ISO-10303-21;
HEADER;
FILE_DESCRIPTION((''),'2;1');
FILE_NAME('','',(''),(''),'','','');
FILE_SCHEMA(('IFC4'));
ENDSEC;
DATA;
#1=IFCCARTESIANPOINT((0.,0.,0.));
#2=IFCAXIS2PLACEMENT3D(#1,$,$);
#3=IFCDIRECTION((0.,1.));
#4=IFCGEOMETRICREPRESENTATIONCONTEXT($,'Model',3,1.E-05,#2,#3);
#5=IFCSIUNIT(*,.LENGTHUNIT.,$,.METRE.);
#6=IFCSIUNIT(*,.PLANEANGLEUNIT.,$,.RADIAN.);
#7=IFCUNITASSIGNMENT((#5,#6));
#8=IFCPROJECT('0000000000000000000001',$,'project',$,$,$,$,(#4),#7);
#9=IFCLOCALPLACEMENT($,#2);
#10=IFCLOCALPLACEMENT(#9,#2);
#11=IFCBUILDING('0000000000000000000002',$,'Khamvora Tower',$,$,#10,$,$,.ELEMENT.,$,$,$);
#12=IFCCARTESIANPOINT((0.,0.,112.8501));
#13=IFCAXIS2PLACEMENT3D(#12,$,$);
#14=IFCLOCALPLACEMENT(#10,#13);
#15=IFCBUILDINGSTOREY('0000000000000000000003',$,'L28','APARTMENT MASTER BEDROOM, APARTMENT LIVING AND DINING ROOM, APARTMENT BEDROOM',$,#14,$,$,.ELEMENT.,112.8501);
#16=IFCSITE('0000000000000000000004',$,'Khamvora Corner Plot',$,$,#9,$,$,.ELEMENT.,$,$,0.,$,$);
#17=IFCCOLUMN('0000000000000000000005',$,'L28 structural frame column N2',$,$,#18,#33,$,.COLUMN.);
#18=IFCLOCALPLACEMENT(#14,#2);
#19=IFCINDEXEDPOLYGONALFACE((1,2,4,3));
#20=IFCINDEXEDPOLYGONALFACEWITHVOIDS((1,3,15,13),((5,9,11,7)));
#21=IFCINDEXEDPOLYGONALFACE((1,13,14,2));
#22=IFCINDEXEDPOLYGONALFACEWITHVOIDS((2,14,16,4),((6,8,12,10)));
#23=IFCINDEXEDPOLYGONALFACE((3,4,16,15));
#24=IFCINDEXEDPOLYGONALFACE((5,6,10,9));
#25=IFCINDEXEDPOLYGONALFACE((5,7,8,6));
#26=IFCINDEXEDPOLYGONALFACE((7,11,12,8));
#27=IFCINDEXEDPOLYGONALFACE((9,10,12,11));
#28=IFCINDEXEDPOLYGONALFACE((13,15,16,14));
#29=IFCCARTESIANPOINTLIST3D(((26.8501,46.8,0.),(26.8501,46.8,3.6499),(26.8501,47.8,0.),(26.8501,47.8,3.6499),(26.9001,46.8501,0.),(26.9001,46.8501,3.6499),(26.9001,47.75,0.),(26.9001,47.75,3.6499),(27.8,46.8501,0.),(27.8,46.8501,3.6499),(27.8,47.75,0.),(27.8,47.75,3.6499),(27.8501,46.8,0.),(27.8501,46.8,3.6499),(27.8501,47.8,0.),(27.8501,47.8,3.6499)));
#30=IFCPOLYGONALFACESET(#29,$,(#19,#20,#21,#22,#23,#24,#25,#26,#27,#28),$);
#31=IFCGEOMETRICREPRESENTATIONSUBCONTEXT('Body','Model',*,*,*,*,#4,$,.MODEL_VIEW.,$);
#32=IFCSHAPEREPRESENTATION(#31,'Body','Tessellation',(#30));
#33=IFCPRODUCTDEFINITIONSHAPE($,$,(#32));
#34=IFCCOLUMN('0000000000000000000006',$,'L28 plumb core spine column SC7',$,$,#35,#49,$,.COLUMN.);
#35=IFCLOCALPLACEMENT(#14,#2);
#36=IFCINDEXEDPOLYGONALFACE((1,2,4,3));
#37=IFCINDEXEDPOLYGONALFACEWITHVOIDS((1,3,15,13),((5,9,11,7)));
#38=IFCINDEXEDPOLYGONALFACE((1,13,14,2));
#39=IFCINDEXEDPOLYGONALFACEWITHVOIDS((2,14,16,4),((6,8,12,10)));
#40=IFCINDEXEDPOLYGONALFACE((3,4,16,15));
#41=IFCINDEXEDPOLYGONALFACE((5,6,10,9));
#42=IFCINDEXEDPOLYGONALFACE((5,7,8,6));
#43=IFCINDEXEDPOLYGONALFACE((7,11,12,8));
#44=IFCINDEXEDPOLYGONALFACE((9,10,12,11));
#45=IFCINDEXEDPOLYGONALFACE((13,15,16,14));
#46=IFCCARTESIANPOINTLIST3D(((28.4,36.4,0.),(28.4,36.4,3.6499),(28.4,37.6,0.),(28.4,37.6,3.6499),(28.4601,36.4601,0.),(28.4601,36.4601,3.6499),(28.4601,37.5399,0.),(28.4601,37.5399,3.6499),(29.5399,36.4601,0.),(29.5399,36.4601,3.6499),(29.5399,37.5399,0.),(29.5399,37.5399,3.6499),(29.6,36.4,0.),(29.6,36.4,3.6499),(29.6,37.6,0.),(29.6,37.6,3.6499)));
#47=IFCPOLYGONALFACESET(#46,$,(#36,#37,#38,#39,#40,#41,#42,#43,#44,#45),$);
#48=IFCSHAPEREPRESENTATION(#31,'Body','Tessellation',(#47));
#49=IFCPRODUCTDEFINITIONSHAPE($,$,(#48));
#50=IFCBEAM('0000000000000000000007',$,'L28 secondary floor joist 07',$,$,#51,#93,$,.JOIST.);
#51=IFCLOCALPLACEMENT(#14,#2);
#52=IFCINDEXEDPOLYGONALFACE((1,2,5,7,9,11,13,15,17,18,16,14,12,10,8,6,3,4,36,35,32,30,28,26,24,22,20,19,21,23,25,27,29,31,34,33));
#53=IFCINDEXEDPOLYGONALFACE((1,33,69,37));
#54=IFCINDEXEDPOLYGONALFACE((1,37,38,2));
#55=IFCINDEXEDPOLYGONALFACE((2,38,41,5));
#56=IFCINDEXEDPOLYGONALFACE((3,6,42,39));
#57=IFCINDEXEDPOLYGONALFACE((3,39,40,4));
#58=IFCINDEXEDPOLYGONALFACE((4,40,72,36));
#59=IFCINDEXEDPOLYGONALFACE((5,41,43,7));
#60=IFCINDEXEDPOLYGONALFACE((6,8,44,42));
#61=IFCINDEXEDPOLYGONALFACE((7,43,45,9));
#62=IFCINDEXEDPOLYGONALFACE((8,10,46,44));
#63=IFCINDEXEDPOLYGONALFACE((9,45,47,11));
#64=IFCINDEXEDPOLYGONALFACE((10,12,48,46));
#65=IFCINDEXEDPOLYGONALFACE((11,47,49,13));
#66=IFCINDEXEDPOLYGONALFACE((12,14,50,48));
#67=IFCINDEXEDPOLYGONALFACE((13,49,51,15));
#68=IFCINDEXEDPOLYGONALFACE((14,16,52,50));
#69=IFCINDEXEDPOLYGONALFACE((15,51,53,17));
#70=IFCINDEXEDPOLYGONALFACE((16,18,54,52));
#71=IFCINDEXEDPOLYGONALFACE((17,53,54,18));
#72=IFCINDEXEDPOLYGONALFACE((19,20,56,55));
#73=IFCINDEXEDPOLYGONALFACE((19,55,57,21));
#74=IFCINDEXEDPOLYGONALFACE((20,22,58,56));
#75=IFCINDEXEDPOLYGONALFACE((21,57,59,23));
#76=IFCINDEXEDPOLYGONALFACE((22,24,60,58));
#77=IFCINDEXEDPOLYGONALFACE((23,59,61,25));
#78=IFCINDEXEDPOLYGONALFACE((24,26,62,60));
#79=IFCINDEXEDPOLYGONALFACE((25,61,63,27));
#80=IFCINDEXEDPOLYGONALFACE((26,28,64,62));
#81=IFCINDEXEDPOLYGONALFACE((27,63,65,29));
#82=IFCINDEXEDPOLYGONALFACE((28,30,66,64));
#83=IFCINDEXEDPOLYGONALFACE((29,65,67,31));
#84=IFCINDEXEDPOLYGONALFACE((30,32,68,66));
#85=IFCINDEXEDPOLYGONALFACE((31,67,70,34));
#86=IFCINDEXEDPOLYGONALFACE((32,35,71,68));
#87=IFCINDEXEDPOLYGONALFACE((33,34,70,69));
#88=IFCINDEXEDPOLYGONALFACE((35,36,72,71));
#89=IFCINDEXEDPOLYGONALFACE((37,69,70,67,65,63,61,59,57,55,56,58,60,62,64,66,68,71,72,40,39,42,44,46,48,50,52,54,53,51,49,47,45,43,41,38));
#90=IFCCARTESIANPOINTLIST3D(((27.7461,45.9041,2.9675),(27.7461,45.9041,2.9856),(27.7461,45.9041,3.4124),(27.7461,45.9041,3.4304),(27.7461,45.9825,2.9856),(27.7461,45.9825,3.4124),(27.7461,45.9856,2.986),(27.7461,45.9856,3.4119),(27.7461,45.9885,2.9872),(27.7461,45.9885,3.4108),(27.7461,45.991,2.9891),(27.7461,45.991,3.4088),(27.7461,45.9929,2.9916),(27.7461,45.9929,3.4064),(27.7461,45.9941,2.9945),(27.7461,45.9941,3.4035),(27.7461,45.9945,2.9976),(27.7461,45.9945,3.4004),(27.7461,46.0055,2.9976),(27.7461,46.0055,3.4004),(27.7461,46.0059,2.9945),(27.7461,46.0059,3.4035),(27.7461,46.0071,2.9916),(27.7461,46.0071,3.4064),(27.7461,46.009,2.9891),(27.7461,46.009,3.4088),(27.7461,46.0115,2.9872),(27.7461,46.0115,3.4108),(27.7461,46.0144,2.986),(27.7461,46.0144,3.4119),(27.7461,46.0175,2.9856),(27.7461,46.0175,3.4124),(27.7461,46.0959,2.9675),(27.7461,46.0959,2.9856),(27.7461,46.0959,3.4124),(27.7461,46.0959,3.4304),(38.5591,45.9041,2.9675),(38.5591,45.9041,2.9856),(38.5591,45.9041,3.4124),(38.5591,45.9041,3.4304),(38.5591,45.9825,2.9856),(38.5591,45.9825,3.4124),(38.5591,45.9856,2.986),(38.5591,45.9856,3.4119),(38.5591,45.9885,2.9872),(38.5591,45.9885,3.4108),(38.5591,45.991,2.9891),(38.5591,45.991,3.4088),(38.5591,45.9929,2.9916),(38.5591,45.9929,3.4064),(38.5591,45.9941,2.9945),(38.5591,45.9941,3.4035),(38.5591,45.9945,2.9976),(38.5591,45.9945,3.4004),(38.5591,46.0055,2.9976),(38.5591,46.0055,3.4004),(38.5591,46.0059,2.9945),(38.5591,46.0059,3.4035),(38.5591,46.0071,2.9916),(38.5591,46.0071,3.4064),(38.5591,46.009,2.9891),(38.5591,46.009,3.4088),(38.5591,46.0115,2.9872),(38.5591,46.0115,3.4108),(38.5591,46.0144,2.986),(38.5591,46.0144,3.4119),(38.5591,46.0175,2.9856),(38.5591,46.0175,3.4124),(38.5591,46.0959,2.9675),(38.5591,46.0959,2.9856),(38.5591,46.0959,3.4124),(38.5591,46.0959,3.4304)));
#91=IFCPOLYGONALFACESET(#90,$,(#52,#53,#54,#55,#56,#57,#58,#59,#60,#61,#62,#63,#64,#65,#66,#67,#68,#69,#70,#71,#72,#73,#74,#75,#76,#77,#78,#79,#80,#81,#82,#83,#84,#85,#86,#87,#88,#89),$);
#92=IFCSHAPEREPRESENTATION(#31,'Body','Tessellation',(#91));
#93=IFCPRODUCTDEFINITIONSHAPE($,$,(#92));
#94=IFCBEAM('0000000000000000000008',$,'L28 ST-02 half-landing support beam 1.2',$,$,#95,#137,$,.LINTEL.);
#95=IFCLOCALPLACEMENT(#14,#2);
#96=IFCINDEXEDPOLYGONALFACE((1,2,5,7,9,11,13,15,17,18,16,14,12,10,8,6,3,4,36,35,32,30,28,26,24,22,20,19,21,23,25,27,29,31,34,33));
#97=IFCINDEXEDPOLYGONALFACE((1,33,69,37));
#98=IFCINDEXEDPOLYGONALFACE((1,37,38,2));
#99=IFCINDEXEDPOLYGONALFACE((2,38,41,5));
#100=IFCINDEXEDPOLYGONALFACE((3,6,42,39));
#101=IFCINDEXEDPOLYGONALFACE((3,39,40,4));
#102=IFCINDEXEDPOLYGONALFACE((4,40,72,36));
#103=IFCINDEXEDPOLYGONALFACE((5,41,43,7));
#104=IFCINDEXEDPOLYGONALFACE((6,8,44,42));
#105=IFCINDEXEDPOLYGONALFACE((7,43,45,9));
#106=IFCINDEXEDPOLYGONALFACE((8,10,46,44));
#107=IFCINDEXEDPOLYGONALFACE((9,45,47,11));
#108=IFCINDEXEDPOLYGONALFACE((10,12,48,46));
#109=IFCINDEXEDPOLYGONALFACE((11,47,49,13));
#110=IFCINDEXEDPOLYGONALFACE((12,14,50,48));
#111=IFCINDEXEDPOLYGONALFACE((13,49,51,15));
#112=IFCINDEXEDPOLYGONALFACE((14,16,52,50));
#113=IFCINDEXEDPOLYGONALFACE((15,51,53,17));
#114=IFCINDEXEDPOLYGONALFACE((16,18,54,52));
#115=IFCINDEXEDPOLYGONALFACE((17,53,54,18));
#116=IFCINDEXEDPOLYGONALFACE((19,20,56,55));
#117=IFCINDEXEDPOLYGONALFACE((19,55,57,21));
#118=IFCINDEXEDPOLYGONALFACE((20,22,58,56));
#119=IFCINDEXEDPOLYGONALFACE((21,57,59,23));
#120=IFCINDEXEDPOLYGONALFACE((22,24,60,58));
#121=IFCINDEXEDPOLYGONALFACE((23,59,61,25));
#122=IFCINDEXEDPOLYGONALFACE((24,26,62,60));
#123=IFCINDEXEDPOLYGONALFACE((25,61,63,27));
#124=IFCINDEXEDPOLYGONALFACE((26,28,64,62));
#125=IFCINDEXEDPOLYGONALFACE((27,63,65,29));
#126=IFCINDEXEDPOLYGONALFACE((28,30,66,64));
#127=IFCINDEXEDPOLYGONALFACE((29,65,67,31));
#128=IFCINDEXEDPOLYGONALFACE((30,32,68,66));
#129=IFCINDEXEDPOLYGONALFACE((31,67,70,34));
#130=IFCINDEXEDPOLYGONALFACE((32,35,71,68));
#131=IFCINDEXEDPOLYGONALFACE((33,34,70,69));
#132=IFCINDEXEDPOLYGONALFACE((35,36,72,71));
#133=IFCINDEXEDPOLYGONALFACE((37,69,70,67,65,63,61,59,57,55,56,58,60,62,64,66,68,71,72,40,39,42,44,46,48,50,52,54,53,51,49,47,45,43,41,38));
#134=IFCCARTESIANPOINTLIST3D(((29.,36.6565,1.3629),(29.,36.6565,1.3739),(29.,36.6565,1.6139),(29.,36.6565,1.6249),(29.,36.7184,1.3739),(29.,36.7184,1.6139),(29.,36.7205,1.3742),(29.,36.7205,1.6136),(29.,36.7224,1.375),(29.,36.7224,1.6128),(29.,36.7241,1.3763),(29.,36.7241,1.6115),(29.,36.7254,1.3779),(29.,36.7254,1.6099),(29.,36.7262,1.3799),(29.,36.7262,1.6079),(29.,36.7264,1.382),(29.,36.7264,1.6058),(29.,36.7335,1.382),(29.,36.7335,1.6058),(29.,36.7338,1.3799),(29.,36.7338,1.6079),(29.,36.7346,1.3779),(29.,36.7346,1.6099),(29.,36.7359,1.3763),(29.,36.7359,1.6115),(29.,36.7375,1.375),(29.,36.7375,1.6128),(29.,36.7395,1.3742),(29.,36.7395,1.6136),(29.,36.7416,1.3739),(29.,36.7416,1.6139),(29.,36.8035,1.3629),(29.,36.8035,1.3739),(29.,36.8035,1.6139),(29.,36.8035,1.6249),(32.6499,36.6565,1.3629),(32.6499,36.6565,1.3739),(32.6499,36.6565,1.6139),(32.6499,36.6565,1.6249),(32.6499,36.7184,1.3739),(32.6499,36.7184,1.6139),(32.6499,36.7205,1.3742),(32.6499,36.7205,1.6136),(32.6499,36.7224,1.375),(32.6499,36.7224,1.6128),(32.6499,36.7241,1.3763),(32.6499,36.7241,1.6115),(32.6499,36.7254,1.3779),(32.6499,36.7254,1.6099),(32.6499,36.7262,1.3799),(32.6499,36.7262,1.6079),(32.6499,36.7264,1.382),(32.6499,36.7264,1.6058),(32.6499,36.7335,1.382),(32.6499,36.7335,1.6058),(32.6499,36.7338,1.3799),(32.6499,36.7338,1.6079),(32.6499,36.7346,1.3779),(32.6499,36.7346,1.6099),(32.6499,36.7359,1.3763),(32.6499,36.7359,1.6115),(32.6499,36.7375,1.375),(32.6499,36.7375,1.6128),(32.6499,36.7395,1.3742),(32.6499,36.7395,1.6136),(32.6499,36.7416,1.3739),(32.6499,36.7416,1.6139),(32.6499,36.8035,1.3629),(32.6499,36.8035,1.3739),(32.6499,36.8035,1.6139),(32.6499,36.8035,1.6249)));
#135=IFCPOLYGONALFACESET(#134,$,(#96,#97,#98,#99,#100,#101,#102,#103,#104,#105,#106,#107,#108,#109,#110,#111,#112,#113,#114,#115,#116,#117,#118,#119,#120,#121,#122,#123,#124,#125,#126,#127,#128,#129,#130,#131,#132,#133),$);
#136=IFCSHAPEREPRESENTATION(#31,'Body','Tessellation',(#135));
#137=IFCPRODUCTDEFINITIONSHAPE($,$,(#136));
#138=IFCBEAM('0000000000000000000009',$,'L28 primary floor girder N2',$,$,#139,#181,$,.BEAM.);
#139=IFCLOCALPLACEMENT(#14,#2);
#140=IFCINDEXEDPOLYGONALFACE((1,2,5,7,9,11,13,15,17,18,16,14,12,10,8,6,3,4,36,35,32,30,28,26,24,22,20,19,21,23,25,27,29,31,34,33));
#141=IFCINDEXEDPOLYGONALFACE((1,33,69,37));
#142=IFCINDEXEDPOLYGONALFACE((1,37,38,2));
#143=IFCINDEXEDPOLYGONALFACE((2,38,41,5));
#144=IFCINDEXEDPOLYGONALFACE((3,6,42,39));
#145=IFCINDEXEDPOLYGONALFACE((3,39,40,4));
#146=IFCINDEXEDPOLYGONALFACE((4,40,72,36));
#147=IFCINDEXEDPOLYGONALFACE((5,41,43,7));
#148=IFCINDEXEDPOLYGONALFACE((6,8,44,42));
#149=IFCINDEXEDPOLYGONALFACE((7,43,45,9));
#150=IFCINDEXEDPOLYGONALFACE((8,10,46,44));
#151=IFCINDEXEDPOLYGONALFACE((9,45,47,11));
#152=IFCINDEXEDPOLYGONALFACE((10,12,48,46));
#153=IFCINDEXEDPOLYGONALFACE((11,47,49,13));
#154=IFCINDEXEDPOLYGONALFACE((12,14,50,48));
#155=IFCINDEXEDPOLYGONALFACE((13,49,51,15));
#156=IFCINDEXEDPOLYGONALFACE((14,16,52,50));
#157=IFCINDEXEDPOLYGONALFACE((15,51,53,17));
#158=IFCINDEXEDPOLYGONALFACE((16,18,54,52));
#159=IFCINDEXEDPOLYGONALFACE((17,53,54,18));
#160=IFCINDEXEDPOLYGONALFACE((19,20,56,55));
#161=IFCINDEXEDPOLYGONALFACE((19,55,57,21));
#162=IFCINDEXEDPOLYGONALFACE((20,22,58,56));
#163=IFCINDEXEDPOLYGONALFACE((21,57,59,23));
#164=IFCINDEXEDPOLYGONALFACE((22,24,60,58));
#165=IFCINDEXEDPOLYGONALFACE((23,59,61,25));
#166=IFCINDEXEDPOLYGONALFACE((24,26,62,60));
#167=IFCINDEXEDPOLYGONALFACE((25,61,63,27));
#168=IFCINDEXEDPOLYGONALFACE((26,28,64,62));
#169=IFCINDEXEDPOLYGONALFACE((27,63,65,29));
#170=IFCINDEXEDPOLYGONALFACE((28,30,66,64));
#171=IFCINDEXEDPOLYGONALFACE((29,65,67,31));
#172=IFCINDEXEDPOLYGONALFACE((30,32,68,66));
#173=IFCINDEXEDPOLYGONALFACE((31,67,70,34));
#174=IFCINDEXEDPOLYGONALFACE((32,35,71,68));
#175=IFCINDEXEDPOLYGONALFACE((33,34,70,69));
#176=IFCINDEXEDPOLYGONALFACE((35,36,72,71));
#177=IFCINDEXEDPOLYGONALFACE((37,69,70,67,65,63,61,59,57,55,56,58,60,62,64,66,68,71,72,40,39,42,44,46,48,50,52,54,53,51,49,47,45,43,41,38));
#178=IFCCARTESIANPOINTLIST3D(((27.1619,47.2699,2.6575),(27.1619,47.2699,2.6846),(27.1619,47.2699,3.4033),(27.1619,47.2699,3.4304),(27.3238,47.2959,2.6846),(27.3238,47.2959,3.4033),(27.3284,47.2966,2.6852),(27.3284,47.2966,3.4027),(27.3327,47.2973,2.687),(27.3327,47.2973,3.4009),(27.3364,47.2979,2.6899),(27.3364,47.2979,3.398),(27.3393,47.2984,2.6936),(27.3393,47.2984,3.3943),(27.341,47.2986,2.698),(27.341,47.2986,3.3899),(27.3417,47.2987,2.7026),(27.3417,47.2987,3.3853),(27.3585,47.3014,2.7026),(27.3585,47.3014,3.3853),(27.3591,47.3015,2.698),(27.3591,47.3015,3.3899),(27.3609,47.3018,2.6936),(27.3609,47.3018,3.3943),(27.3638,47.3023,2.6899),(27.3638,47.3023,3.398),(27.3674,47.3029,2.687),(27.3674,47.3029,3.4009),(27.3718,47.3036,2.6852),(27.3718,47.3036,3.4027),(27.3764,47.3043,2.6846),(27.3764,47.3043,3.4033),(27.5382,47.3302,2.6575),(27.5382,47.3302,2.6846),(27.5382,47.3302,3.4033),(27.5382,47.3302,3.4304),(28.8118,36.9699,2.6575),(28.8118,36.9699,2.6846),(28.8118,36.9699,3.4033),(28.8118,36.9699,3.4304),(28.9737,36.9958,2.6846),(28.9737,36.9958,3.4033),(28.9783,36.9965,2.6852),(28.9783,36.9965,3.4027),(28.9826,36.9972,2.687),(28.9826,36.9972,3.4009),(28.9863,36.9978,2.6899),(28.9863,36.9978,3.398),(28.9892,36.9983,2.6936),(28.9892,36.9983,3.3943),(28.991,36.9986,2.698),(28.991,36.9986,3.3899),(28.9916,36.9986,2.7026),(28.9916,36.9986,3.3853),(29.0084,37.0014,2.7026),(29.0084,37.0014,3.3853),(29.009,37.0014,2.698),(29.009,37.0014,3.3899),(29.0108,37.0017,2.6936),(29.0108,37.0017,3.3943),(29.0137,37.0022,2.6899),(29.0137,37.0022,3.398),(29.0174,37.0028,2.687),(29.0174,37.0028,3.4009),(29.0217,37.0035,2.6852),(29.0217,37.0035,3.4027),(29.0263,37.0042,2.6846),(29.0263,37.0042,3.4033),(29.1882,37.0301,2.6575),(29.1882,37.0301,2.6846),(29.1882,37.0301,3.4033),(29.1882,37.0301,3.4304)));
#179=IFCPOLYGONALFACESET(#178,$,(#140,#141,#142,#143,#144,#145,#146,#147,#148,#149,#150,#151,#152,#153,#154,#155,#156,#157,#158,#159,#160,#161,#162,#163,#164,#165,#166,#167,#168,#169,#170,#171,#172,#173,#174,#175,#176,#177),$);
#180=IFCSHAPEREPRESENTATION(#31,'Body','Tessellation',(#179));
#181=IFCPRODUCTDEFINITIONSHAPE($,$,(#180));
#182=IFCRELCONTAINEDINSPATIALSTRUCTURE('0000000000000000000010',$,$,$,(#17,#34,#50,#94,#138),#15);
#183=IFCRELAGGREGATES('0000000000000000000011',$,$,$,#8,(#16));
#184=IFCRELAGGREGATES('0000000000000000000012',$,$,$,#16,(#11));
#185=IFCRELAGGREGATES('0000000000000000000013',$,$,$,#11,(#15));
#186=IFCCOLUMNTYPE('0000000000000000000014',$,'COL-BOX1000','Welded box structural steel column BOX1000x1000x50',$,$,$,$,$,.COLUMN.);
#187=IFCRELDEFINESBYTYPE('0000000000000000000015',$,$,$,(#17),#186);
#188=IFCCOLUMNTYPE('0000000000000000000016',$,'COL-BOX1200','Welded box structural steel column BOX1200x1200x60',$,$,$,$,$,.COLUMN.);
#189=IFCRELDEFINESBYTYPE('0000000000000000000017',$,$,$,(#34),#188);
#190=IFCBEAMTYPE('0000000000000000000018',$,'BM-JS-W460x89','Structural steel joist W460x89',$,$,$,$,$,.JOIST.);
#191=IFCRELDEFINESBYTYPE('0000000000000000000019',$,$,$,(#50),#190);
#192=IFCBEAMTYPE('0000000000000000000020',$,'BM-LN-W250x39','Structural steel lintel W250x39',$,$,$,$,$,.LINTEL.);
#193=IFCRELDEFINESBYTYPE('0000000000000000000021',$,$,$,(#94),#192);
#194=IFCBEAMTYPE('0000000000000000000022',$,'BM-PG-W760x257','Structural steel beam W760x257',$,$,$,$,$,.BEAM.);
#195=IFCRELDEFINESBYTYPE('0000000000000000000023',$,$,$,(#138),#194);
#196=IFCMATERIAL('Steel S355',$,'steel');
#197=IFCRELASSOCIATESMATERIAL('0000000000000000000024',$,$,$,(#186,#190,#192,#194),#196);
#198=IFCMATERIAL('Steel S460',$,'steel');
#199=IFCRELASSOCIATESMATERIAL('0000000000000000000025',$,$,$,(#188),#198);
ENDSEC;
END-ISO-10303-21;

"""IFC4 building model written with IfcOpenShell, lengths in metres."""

from ifc_helpers import new_model, si_unit, direction, frame, origin, origin_2d, place, context, subcontext, project, spatial, hollow_rectangle, i_section, extrude, material, material_profile, profile_set, type_object, element, save


model = new_model("IFC4")

# Units and contexts
model_context = context("Model", 3, precision=1e-05, world=origin(), true_north=direction((0.0, 1.0)))
body_context = subcontext(model_context, "Body", "Model", "MODEL_VIEW")
ifc_project = project(units=[si_unit("LENGTHUNIT", "METRE"), si_unit("PLANEANGLEUNIT", "RADIAN")], contexts=[model_context])

# Site, building, storey
site_placement = place(None, origin())
site = spatial("IfcSite", under=ifc_project, at=site_placement, Name="Khamvora Corner Plot", CompositionType="ELEMENT", RefElevation=0.0)
building_placement = place(site_placement, origin())
building = spatial("IfcBuilding", under=site, at=building_placement, Name="Khamvora Tower", CompositionType="ELEMENT")
storey_placement = place(building_placement, frame((0.0, 0.0, 112.8501)))
storey = spatial("IfcBuildingStorey", under=building, at=storey_placement, Name="L28", Description="APARTMENT MASTER BEDROOM, APARTMENT LIVING AND DINING ROOM, APARTMENT BEDROOM", CompositionType="ELEMENT", Elevation=112.8501)

# Columns
ifc_material_1 = material(Name="Steel S355", Category="steel")
ifc_material_profile_1 = material_profile(ifc_material_1, hollow_rectangle(XDim=1.0, YDim=1.0, WallThickness=0.05, at=origin_2d()), Name="BOX1000x1000x50")
ifc_profile_set_1 = profile_set([ifc_material_profile_1], Name="Steel S355")
column_type_1 = type_object("IfcColumnType", Name="COL-BOX1000", Description="Welded box structural steel column BOX1000x1000x50", PredefinedType="COLUMN", material=ifc_profile_set_1)
column_1_placement = place(storey_placement, frame((27.3501, 47.3, 0.0), z_axis=(0.0, 0.0, 1.0), x_axis=(1.0, 0.0, 0.0)))
element("IfcColumn", 1, at=column_1_placement, inside=storey, type_object=column_type_1, Name="L28 structural frame column N2", PredefinedType="COLUMN", context=body_context, shape_type="SweptSolid", body=[
    extrude(hollow_rectangle(XDim=1.0, YDim=1.0, WallThickness=0.05, at=origin_2d()), origin(), (0.0, 0.0, 1.0), 3.6499),
])
ifc_material_2 = material(Name="Steel S460", Category="steel")
ifc_material_profile_2 = material_profile(ifc_material_2, hollow_rectangle(XDim=1.2, YDim=1.2, WallThickness=0.0601, at=origin_2d()), Name="BOX1200x1200x60")
ifc_profile_set_2 = profile_set([ifc_material_profile_2], Name="Steel S460")
column_type_2 = type_object("IfcColumnType", Name="COL-BOX1200", Description="Welded box structural steel column BOX1200x1200x60", PredefinedType="COLUMN", material=ifc_profile_set_2)
column_2_placement = place(storey_placement, frame((29.0, 37.0, 0.0), z_axis=(0.0, 0.0, 1.0), x_axis=(1.0, 0.0, 0.0)))
element("IfcColumn", 2, at=column_2_placement, inside=storey, type_object=column_type_2, Name="L28 plumb core spine column SC7", PredefinedType="COLUMN", context=body_context, shape_type="SweptSolid", body=[
    extrude(hollow_rectangle(XDim=1.2, YDim=1.2, WallThickness=0.0601, at=origin_2d()), origin(), (0.0, 0.0, 1.0), 3.6499),
])

# Beams
ifc_material_profile_3 = material_profile(ifc_material_1, i_section(OverallWidth=0.1919, OverallDepth=0.4629, WebThickness=0.011, FlangeThickness=0.0181, FilletRadius=0.012, at=origin_2d()), Name="W460x89")
ifc_profile_set_3 = profile_set([ifc_material_profile_3], Name="Steel S355")
beam_type_1 = type_object("IfcBeamType", Name="BM-JS-W460x89", Description="Structural steel joist W460x89", PredefinedType="JOIST", material=ifc_profile_set_3)
beam_1_placement = place(storey_placement, frame((27.7461, 46.0, 3.199), z_axis=(1.0, 0.0, 0.0), x_axis=(0.0, 1.0, 0.0)))
element("IfcBeam", 3, at=beam_1_placement, inside=storey, type_object=beam_type_1, Name="L28 secondary floor joist 07", PredefinedType="JOIST", context=body_context, shape_type="SweptSolid", body=[
    extrude(i_section(OverallWidth=0.1919, OverallDepth=0.4629, WebThickness=0.011, FlangeThickness=0.0181, FilletRadius=0.012, at=origin_2d()), origin(), (0.0, 0.0, 1.0), 10.813),
])
ifc_material_profile_4 = material_profile(ifc_material_1, i_section(OverallWidth=0.147, OverallDepth=0.262, WebThickness=0.0071, FlangeThickness=0.011, FilletRadius=0.0081, at=origin_2d()), Name="W250x39")
ifc_profile_set_4 = profile_set([ifc_material_profile_4], Name="Steel S355")
beam_type_2 = type_object("IfcBeamType", Name="BM-LN-W250x39", Description="Structural steel lintel W250x39", PredefinedType="LINTEL", material=ifc_profile_set_4)
beam_2_placement = place(storey_placement, frame((29.0, 36.73, 1.4939), z_axis=(1.0, 0.0, 0.0), x_axis=(0.0, 1.0, 0.0)))
element("IfcBeam", 4, at=beam_2_placement, inside=storey, type_object=beam_type_2, Name="L28 ST-02 half-landing support beam 1.2", PredefinedType="LINTEL", context=body_context, shape_type="SweptSolid", body=[
    extrude(i_section(OverallWidth=0.147, OverallDepth=0.262, WebThickness=0.0071, FlangeThickness=0.011, FilletRadius=0.0081, at=origin_2d()), origin(), (0.0, 0.0, 1.0), 3.6499),
])
ifc_material_profile_5 = material_profile(ifc_material_1, i_section(OverallWidth=0.3811, OverallDepth=0.7729, WebThickness=0.0171, FlangeThickness=0.0271, FilletRadius=0.0181, at=origin_2d()), Name="W760x257")
ifc_profile_set_5 = profile_set([ifc_material_profile_5], Name="Steel S355")
beam_type_3 = type_object("IfcBeamType", Name="BM-PG-W760x257", Description="Structural steel beam W760x257", PredefinedType="BEAM", material=ifc_profile_set_5)
beam_3_placement = place(storey_placement, frame((29.0, 37.0, 3.0439), z_axis=(-0.158168, 0.987412, 0.0), x_axis=(-0.987412, -0.158168, 0.0)))
element("IfcBeam", 5, at=beam_3_placement, inside=storey, type_object=beam_type_3, Name="L28 primary floor girder N2", PredefinedType="BEAM", context=body_context, shape_type="SweptSolid", body=[
    extrude(i_section(OverallWidth=0.3811, OverallDepth=0.7729, WebThickness=0.0171, FlangeThickness=0.0271, FilletRadius=0.0181, at=origin_2d()), origin(), (0.0, 0.0, 1.0), 10.4314),
])

save(model, "model.ifc")
